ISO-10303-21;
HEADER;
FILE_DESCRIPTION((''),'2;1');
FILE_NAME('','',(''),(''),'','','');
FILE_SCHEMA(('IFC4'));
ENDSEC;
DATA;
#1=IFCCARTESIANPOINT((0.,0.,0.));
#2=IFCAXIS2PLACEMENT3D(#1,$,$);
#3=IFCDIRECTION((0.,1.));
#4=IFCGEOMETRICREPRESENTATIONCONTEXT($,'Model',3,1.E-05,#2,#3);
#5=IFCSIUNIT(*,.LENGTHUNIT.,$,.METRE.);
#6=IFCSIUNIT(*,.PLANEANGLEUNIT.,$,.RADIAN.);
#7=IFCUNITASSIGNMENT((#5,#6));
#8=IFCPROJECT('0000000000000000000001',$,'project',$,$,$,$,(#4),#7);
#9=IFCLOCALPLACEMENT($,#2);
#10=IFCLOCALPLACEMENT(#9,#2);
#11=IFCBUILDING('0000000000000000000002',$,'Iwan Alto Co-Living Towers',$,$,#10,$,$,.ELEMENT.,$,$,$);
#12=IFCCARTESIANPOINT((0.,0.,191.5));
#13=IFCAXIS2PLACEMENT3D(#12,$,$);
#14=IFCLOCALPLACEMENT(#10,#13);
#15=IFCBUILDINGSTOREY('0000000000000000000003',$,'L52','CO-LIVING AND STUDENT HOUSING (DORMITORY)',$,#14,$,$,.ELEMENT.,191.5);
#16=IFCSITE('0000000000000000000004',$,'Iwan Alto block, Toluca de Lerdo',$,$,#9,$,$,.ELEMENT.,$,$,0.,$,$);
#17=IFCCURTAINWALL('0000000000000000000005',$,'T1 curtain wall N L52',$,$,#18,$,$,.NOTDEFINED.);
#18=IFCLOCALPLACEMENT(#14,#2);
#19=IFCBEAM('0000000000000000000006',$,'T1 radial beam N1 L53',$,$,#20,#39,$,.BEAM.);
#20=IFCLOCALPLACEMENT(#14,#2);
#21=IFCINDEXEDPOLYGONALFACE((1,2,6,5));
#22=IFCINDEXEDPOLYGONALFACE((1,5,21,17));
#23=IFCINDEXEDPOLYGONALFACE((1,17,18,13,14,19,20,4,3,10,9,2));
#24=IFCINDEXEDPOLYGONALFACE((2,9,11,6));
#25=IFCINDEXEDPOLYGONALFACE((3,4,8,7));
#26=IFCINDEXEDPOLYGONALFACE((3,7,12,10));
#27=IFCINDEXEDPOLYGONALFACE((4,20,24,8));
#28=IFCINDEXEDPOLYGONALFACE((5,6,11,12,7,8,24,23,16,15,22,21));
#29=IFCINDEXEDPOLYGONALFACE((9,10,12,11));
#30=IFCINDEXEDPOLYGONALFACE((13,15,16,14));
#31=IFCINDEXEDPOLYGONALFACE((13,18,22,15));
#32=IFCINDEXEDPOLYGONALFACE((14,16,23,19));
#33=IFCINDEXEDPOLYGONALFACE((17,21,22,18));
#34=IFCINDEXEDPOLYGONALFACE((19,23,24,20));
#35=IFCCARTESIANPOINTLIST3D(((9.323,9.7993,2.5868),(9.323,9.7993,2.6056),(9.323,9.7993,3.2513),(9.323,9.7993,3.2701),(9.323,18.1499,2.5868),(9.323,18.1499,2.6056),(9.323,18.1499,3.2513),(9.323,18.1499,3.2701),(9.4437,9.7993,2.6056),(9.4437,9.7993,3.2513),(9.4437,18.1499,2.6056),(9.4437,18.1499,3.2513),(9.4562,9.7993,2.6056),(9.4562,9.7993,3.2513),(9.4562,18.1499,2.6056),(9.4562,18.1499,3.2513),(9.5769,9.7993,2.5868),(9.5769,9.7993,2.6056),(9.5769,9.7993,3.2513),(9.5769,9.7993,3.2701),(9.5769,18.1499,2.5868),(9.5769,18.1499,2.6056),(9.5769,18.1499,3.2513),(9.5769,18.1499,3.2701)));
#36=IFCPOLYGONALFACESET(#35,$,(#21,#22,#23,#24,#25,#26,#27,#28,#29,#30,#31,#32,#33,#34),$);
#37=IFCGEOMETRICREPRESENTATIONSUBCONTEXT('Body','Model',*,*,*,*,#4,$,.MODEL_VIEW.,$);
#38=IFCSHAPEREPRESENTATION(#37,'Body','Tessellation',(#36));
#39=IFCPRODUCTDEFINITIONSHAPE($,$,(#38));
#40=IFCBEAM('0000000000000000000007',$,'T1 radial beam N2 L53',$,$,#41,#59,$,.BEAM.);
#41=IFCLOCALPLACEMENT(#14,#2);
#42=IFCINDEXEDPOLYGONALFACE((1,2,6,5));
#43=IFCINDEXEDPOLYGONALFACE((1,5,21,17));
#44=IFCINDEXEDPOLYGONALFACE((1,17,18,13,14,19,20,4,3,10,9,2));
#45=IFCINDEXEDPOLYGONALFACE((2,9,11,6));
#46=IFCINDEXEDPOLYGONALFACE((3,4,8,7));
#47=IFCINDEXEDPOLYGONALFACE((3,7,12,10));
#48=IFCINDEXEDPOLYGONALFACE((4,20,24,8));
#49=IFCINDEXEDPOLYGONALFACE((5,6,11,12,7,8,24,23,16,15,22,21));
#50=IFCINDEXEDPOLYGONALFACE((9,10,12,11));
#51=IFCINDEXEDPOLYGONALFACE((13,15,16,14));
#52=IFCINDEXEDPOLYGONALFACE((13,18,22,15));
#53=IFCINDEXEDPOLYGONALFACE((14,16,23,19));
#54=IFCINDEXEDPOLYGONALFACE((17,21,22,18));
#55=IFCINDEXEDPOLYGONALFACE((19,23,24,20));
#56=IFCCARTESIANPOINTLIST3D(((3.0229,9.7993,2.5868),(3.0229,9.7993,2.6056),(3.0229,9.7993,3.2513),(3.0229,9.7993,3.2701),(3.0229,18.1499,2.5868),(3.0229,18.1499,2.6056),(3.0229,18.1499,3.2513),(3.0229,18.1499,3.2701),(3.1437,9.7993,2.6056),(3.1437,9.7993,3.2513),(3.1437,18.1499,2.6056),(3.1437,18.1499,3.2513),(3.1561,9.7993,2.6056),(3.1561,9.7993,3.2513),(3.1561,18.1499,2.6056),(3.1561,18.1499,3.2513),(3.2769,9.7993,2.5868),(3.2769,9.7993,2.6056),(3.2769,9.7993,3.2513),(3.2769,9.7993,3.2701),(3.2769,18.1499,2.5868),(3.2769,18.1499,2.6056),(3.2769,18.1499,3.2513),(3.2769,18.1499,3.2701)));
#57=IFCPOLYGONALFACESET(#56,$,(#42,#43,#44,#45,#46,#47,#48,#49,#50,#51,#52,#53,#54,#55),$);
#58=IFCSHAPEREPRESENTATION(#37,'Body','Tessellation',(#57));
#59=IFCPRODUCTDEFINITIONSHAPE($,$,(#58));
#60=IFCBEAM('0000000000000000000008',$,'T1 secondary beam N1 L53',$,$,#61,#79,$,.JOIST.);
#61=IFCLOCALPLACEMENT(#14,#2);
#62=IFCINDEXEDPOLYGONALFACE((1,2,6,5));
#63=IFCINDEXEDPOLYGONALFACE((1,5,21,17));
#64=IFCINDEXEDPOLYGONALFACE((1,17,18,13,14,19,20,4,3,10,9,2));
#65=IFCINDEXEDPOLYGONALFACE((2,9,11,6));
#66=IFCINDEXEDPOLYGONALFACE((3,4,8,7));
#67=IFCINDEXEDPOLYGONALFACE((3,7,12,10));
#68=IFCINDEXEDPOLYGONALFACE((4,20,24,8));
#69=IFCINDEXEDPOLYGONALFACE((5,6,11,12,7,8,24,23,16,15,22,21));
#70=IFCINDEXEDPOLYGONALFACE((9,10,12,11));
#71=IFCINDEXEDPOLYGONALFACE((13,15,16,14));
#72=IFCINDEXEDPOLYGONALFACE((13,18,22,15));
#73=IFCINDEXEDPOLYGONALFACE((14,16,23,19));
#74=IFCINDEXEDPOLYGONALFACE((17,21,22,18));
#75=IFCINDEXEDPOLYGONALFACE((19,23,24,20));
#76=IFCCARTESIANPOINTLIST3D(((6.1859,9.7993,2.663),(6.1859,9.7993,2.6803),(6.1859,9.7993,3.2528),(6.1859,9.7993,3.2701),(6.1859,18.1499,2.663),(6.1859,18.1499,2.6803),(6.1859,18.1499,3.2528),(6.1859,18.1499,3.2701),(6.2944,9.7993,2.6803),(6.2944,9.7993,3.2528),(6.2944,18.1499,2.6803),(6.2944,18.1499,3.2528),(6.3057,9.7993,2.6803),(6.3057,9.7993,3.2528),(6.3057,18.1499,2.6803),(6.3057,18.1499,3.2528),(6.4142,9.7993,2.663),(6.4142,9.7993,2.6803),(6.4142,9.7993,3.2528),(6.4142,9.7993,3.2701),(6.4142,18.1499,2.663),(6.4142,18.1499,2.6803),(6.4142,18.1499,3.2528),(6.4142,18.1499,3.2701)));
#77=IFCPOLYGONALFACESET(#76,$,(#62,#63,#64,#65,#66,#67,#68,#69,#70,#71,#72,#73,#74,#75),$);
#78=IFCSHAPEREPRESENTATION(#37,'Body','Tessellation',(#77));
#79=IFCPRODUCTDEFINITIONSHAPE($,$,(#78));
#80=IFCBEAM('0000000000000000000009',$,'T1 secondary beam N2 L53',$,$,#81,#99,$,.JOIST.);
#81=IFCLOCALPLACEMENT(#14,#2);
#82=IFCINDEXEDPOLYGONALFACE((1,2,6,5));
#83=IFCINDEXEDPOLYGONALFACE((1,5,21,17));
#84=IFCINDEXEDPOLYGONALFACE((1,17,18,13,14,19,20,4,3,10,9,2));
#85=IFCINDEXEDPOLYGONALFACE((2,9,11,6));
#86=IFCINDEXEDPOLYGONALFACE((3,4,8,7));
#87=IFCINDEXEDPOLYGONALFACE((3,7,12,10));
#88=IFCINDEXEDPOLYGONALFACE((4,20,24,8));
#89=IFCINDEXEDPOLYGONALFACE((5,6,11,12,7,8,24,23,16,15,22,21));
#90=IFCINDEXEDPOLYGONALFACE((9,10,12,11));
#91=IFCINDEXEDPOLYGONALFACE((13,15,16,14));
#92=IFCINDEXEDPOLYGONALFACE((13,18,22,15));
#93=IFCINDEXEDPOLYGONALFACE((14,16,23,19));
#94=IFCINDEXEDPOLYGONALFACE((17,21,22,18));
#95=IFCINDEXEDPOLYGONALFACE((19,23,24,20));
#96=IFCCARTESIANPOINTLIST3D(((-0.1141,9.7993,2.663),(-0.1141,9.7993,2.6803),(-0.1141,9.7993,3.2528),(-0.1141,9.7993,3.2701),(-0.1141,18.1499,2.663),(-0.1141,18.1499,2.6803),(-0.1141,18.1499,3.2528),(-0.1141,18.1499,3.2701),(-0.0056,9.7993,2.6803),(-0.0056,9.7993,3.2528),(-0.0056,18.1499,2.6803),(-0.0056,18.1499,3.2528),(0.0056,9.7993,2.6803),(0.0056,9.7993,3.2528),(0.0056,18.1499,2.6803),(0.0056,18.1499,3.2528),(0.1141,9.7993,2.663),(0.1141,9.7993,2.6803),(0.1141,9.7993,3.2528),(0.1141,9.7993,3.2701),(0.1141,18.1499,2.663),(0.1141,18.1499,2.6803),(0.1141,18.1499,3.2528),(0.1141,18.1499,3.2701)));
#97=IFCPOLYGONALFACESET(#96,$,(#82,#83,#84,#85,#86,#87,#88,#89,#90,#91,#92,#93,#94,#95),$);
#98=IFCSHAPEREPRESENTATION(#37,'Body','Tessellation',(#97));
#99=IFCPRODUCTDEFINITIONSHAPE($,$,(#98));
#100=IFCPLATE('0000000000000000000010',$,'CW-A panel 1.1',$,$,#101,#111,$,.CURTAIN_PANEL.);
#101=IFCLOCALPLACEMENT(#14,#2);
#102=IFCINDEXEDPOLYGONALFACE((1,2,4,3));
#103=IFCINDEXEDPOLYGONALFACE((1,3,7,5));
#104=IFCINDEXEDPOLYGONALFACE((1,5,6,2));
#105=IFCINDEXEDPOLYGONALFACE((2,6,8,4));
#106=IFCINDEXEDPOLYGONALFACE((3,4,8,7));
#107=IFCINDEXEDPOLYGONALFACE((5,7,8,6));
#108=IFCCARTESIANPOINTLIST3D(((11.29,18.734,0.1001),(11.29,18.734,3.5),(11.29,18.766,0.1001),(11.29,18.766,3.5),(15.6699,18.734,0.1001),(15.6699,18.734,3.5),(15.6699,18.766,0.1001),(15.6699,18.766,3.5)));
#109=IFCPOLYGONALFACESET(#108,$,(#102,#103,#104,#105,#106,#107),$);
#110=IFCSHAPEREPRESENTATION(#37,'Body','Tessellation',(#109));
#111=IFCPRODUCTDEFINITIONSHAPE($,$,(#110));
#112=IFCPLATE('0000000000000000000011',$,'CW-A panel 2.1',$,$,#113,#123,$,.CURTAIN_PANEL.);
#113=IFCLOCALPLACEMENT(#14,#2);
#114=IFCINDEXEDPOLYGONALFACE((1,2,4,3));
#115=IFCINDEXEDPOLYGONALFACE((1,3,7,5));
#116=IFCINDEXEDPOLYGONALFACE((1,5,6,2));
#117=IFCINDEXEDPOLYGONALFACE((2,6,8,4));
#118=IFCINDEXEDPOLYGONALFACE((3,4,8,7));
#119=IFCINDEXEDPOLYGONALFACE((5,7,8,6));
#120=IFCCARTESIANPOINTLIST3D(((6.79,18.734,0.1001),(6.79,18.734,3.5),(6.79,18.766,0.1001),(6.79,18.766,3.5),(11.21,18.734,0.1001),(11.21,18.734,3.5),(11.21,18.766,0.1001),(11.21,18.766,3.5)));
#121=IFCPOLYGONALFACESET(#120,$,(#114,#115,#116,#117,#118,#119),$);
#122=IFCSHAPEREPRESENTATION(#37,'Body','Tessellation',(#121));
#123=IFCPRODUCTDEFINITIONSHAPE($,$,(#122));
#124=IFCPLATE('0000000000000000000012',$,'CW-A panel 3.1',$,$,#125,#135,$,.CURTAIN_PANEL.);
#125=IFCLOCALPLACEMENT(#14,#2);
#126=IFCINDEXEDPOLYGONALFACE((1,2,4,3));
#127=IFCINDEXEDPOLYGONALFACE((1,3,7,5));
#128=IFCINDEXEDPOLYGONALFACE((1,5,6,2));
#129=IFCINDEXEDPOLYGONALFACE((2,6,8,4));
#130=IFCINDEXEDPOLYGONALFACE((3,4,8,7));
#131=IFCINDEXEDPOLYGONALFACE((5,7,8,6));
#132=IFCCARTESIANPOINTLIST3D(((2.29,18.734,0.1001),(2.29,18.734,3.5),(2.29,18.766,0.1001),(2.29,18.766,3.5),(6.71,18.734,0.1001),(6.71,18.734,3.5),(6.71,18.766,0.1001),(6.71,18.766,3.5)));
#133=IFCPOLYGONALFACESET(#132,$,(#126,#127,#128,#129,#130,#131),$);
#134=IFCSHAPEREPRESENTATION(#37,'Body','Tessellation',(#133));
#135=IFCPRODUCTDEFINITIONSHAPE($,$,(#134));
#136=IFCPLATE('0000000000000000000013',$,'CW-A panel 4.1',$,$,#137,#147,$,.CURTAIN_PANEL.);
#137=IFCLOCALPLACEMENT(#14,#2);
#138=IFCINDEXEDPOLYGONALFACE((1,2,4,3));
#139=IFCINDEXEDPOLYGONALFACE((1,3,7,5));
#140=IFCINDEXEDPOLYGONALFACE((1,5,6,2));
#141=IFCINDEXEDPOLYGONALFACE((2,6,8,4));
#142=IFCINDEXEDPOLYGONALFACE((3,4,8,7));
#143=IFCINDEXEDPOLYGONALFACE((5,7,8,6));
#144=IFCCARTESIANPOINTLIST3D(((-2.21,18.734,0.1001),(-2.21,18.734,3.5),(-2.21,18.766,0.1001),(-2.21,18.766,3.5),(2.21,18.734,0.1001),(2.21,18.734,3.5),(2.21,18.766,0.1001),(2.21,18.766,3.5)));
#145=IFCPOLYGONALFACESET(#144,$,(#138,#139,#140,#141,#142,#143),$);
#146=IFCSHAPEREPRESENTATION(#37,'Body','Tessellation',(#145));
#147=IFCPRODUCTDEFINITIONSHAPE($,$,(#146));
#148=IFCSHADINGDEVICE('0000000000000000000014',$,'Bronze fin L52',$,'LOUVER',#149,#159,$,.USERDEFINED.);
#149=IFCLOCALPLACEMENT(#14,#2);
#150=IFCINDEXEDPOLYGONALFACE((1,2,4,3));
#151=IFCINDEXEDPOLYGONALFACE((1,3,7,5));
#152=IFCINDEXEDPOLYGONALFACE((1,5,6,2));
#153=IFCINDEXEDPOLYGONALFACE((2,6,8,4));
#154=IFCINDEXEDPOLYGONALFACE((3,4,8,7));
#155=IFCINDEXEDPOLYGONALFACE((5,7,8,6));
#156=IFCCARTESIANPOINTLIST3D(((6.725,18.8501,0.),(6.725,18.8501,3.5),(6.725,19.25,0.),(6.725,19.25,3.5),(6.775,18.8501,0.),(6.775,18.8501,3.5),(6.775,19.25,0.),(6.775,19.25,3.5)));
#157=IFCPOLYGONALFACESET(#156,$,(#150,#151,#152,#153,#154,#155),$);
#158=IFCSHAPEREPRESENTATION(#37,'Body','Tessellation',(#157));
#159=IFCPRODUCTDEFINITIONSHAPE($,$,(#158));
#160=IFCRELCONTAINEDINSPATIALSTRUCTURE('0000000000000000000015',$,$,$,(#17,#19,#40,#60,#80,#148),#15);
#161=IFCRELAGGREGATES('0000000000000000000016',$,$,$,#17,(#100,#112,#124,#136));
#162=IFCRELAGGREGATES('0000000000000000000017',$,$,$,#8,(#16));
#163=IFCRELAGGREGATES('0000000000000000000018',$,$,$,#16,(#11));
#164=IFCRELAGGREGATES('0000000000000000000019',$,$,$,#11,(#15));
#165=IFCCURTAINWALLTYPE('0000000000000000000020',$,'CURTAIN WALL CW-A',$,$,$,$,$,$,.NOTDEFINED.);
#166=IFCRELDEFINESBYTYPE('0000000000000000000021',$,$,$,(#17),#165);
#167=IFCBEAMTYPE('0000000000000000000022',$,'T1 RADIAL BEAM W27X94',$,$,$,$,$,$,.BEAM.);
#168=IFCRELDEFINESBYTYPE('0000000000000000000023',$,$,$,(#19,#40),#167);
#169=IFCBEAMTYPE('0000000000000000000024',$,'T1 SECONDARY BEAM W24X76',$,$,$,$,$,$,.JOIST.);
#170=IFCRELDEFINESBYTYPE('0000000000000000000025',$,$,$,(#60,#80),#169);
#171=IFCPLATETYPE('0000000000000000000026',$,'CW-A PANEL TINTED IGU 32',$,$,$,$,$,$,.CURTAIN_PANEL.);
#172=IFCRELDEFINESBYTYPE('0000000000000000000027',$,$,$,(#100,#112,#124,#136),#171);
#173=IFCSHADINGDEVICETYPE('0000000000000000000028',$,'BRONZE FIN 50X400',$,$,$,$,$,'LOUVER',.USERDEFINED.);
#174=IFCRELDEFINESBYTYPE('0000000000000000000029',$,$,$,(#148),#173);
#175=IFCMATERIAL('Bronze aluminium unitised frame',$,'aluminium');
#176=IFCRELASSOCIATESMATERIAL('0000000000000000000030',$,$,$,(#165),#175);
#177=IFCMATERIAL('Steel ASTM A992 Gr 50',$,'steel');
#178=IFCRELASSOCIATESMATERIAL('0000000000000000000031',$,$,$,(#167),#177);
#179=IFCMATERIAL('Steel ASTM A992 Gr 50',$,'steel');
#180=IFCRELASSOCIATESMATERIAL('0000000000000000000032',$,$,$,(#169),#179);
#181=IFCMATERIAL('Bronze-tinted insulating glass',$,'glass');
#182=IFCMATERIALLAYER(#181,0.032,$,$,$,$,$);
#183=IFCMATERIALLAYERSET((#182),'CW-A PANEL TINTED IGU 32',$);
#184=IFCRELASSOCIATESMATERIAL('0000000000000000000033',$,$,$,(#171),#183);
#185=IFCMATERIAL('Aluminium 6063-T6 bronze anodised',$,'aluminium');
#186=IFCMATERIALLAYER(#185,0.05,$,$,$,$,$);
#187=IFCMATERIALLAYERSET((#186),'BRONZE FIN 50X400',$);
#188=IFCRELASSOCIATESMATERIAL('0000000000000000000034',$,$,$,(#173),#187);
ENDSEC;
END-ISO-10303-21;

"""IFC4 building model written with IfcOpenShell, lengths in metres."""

from ifc_helpers import new_model, si_unit, direction, frame, origin, origin_2d, place, context, subcontext, project, spatial, rectangle, i_section, extrude, material, layer, layer_set, material_profile, profile_set, type_object, element, aggregate, save


model = new_model("IFC4")

# Units and contexts
model_context = context("Model", 3, precision=1e-05, world=origin(), true_north=direction((0.0, 1.0)))
body_context = subcontext(model_context, "Body", "Model", "MODEL_VIEW")
ifc_project = project(units=[si_unit("LENGTHUNIT", "METRE"), si_unit("PLANEANGLEUNIT", "RADIAN")], contexts=[model_context])

# Site, building, storey
site_placement = place(None, origin())
site = spatial("IfcSite", under=ifc_project, at=site_placement, Name="Iwan Alto block, Toluca de Lerdo", CompositionType="ELEMENT", RefElevation=0.0)
building_placement = place(site_placement, origin())
building = spatial("IfcBuilding", under=site, at=building_placement, Name="Iwan Alto Co-Living Towers", CompositionType="ELEMENT")
storey_placement = place(building_placement, frame((0.0, 0.0, 191.5)))
storey = spatial("IfcBuildingStorey", under=building, at=storey_placement, Name="L52", Description="CO-LIVING AND STUDENT HOUSING (DORMITORY)", CompositionType="ELEMENT", Elevation=191.5)

# Curtain wall
ifc_material_1 = material(Name="Bronze aluminium unitised frame", Category="aluminium")
curtain_wall_type = type_object("IfcCurtainWallType", Name="CURTAIN WALL CW-A", PredefinedType="NOTDEFINED", material=ifc_material_1)
curtain_wall_placement = place(storey_placement, origin())
curtain_wall = element("IfcCurtainWall", 1, at=curtain_wall_placement, inside=storey, type_object=curtain_wall_type, Name="T1 curtain wall N L52", PredefinedType="NOTDEFINED")

# Beams
ifc_material_2 = material(Name="Steel ASTM A992 Gr 50", Category="steel")
ifc_material_profile_1 = material_profile(ifc_material_2, i_section(OverallWidth=0.2539, OverallDepth=0.6833, WebThickness=0.0125, FlangeThickness=0.0188, at=origin_2d()), Name="W27X94")
ifc_profile_set_1 = profile_set([ifc_material_profile_1], Name="Steel ASTM A992 Gr 50")
beam_type_1 = type_object("IfcBeamType", Name="T1 RADIAL BEAM W27X94", PredefinedType="BEAM", material=ifc_profile_set_1)
for number, where, z_axis, x_axis, name in (
    (2, (9.45, 18.1499, 2.9285), (0.0, -1.0, 0.0), (1.0, 0.0, 0.0), "T1 radial beam N1 L53"),
    (3, (3.1499, 18.1499, 2.9285), (0.0, -1.0, 0.0), (1.0, 0.0, 0.0), "T1 radial beam N2 L53"),
):
    element("IfcBeam", number, at=place(storey_placement, frame(where, z_axis=z_axis, x_axis=x_axis)), inside=storey, type_object=beam_type_1, Name=name, PredefinedType="BEAM", context=body_context, shape_type="SweptSolid", body=[
        extrude(i_section(OverallWidth=0.2539, OverallDepth=0.6833, WebThickness=0.0125, FlangeThickness=0.0188, at=origin_2d()), origin(), (0.0, 0.0, 1.0), 8.3506),
    ])
ifc_material_3 = material(Name="Steel ASTM A992 Gr 50", Category="steel")
ifc_material_profile_2 = material_profile(ifc_material_3, i_section(OverallWidth=0.2283, OverallDepth=0.6072, WebThickness=0.0112, FlangeThickness=0.0173, at=origin_2d()), Name="W24X76")
ifc_profile_set_2 = profile_set([ifc_material_profile_2], Name="Steel ASTM A992 Gr 50")
beam_type_2 = type_object("IfcBeamType", Name="T1 SECONDARY BEAM W24X76", PredefinedType="JOIST", material=ifc_profile_set_2)
for number, where, z_axis, x_axis, name in (
    (4, (6.3, 18.1499, 2.9666), (0.0, -1.0, 0.0), (1.0, 0.0, 0.0), "T1 secondary beam N1 L53"),
    (5, (0.0, 18.1499, 2.9666), (0.0, -1.0, 0.0), (1.0, 0.0, 0.0), "T1 secondary beam N2 L53"),
):
    element("IfcBeam", number, at=place(storey_placement, frame(where, z_axis=z_axis, x_axis=x_axis)), inside=storey, type_object=beam_type_2, Name=name, PredefinedType="JOIST", context=body_context, shape_type="SweptSolid", body=[
        extrude(i_section(OverallWidth=0.2283, OverallDepth=0.6072, WebThickness=0.0112, FlangeThickness=0.0173, at=origin_2d()), origin(), (0.0, 0.0, 1.0), 8.3506),
    ])

# Plates
ifc_material_4 = material(Name="Bronze-tinted insulating glass", Category="glass")
ifc_layer_1 = layer(ifc_material_4, 0.032)
ifc_layer_set_1 = layer_set([ifc_layer_1], Name="CW-A PANEL TINTED IGU 32")
plate_type = type_object("IfcPlateType", Name="CW-A PANEL TINTED IGU 32", PredefinedType="CURTAIN_PANEL", material=ifc_layer_set_1)
plate_1_placement = place(storey_placement, frame((13.48, 18.75, 0.1001), z_axis=(0.0, 0.0, 1.0), x_axis=(-1.0, 0.0, 0.0)))
plate_1 = element("IfcPlate", 6, at=plate_1_placement, type_object=plate_type, Name="CW-A panel 1.1", PredefinedType="CURTAIN_PANEL", context=body_context, shape_type="SweptSolid", body=[
    extrude(rectangle(XDim=4.3799, YDim=0.032, at=origin_2d()), origin(), (0.0, 0.0, 1.0), 3.3999),
])
plate_2_placement = place(storey_placement, frame((9.0, 18.75, 0.1001), z_axis=(0.0, 0.0, 1.0), x_axis=(-1.0, 0.0, 0.0)))
plate_2 = element("IfcPlate", 7, at=plate_2_placement, type_object=plate_type, Name="CW-A panel 2.1", PredefinedType="CURTAIN_PANEL", context=body_context, shape_type="SweptSolid", body=[
    extrude(rectangle(XDim=4.4199, YDim=0.032, at=origin_2d()), origin(), (0.0, 0.0, 1.0), 3.3999),
])
plate_3_placement = place(storey_placement, frame((4.5, 18.75, 0.1001), z_axis=(0.0, 0.0, 1.0), x_axis=(-1.0, 0.0, 0.0)))
plate_3 = element("IfcPlate", 8, at=plate_3_placement, type_object=plate_type, Name="CW-A panel 3.1", PredefinedType="CURTAIN_PANEL", context=body_context, shape_type="SweptSolid", body=[
    extrude(rectangle(XDim=4.4199, YDim=0.032, at=origin_2d()), origin(), (0.0, 0.0, 1.0), 3.3999),
])
plate_4_placement = place(storey_placement, frame((0.0, 18.75, 0.1001), z_axis=(0.0, 0.0, 1.0), x_axis=(-1.0, 0.0, 0.0)))
plate_4 = element("IfcPlate", 9, at=plate_4_placement, type_object=plate_type, Name="CW-A panel 4.1", PredefinedType="CURTAIN_PANEL", context=body_context, shape_type="SweptSolid", body=[
    extrude(rectangle(XDim=4.4199, YDim=0.032, at=origin_2d()), origin(), (0.0, 0.0, 1.0), 3.3999),
])
aggregate(curtain_wall, [plate_1, plate_2, plate_3, plate_4])

# Shading device
ifc_material_5 = material(Name="Aluminium 6063-T6 bronze anodised", Category="aluminium")
ifc_layer_2 = layer(ifc_material_5, 0.05)
ifc_layer_set_2 = layer_set([ifc_layer_2], Name="BRONZE FIN 50X400")
shading_device_type = type_object("IfcShadingDeviceType", Name="BRONZE FIN 50X400", ElementType="LOUVER", PredefinedType="USERDEFINED", material=ifc_layer_set_2)
shading_device_placement = place(storey_placement, frame((6.75, 19.05, 0.0), z_axis=(0.0, 0.0, 1.0), x_axis=(-1.0, 0.0, 0.0)))
element("IfcShadingDevice", 10, at=shading_device_placement, inside=storey, type_object=shading_device_type, Name="Bronze fin L52", ObjectType="LOUVER", PredefinedType="USERDEFINED", context=body_context, shape_type="SweptSolid", body=[
    extrude(rectangle(XDim=0.05, YDim=0.3999, at=origin_2d()), origin(), (0.0, 0.0, 1.0), 3.5),
])

save(model, "model.ifc")
